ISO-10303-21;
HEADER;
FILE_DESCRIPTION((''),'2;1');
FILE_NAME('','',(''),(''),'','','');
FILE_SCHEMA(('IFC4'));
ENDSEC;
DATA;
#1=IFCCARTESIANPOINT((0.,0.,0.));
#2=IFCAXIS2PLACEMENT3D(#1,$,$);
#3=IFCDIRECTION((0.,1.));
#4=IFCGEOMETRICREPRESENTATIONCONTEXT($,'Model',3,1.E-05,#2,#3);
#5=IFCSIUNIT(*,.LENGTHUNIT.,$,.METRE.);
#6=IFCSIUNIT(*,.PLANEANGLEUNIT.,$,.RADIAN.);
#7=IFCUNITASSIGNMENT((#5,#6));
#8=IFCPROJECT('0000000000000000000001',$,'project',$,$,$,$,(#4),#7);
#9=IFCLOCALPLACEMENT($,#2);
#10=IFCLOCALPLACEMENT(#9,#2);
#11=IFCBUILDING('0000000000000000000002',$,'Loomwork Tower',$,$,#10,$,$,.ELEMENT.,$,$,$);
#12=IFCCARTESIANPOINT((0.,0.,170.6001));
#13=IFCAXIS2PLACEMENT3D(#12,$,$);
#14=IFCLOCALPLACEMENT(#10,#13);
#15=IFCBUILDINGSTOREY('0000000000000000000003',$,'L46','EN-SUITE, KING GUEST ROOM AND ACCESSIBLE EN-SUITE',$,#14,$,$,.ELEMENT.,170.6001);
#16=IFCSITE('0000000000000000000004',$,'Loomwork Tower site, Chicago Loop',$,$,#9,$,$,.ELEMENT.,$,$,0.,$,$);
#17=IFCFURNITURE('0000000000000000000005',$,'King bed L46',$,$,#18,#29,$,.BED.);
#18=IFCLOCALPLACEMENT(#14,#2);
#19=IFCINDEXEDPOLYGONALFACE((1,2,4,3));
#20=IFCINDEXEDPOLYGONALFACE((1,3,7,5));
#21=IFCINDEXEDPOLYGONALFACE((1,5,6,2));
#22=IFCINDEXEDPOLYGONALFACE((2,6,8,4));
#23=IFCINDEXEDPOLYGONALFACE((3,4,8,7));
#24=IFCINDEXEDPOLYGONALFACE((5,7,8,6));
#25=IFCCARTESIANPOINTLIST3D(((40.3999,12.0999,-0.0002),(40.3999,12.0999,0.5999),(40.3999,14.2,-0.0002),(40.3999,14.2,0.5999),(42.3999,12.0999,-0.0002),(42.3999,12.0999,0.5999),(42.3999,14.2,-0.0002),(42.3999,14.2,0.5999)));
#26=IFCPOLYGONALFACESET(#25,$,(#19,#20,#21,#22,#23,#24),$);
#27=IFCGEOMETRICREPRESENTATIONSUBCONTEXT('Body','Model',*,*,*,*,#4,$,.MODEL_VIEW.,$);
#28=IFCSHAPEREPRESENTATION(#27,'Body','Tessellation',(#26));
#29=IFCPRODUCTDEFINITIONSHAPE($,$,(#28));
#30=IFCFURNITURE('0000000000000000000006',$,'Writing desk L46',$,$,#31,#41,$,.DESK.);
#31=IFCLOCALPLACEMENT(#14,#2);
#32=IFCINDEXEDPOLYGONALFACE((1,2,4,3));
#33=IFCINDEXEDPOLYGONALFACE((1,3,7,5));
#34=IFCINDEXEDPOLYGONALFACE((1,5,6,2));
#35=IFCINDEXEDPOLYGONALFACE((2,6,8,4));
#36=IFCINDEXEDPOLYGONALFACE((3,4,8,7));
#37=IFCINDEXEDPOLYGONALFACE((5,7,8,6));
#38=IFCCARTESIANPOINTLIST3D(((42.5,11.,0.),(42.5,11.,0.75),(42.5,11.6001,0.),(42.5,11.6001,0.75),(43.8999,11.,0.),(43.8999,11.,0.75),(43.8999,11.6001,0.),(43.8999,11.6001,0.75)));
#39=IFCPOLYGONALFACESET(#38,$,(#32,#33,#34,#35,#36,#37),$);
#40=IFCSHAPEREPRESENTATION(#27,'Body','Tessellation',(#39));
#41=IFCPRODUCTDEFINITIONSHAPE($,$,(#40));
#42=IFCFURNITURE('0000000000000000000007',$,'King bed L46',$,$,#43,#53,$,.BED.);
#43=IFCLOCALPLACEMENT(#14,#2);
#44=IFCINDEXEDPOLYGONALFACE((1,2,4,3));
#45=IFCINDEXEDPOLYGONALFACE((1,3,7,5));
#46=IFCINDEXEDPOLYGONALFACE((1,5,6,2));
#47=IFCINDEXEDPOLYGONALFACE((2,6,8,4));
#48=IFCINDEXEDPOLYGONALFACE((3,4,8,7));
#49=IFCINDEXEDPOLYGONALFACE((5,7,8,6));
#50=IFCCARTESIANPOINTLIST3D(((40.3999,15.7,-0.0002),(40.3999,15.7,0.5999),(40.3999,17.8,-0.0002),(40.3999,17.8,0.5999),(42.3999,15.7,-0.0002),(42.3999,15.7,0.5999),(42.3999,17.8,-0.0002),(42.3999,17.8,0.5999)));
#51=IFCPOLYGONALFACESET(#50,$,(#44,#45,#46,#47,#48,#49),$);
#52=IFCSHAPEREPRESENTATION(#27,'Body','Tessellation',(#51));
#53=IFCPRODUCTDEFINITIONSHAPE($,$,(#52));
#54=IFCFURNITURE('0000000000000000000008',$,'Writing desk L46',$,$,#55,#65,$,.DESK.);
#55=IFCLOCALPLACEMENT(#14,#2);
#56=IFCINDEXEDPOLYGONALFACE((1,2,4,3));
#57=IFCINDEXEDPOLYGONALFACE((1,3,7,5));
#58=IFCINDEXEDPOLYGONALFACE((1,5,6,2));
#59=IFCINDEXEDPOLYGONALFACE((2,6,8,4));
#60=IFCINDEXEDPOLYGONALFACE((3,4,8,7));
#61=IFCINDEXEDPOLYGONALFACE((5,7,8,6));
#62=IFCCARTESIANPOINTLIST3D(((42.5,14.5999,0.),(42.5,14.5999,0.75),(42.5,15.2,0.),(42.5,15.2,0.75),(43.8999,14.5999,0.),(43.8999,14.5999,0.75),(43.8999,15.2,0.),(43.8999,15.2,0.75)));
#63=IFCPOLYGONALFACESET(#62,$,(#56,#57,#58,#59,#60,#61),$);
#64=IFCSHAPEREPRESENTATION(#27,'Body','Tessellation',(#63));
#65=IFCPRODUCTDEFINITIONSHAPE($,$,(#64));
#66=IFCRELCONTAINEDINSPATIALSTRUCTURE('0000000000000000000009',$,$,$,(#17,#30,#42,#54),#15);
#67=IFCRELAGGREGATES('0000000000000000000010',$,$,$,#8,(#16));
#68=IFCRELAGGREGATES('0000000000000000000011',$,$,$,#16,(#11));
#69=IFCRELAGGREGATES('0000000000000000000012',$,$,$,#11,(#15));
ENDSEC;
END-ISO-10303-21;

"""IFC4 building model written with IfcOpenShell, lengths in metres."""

from ifc_helpers import new_model, si_unit, direction, frame, origin, origin_2d, place, context, subcontext, project, spatial, rectangle, extrude, element, save


model = new_model("IFC4")

# Units and contexts
model_context = context("Model", 3, precision=1e-05, world=origin(), true_north=direction((0.0, 1.0)))
body_context = subcontext(model_context, "Body", "Model", "MODEL_VIEW")
ifc_project = project(units=[si_unit("LENGTHUNIT", "METRE"), si_unit("PLANEANGLEUNIT", "RADIAN")], contexts=[model_context])

# Site, building, storey
site_placement = place(None, origin())
site = spatial("IfcSite", under=ifc_project, at=site_placement, Name="Loomwork Tower site, Chicago Loop", CompositionType="ELEMENT", RefElevation=0.0)
building_placement = place(site_placement, origin())
building = spatial("IfcBuilding", under=site, at=building_placement, Name="Loomwork Tower", CompositionType="ELEMENT")
storey_placement = place(building_placement, frame((0.0, 0.0, 170.6001)))
storey = spatial("IfcBuildingStorey", under=building, at=storey_placement, Name="L46", Description="EN-SUITE, KING GUEST ROOM AND ACCESSIBLE EN-SUITE", CompositionType="ELEMENT", Elevation=170.6001)

# Furniture
furniture_1_placement = place(storey_placement, frame((41.3999, 13.1499, -0.0002), z_axis=(0.0, 0.0, 1.0), x_axis=(1.0, 0.0, 0.0)))
element("IfcFurniture", 1, at=furniture_1_placement, inside=storey, Name="King bed L46", PredefinedType="BED", context=body_context, shape_type="SweptSolid", body=[
    extrude(rectangle(XDim=2.0, YDim=2.1001, at=origin_2d()), origin(), (0.0, 0.0, 1.0), 0.6001),
])
furniture_2_placement = place(storey_placement, frame((43.2, 11.3, 0.0), z_axis=(0.0, 0.0, 1.0), x_axis=(1.0, 0.0, 0.0)))
element("IfcFurniture", 2, at=furniture_2_placement, inside=storey, Name="Writing desk L46", PredefinedType="DESK", context=body_context, shape_type="SweptSolid", body=[
    extrude(rectangle(XDim=1.3999, YDim=0.6001, at=origin_2d()), origin(), (0.0, 0.0, 1.0), 0.75),
])
furniture_3_placement = place(storey_placement, frame((41.3999, 16.75, -0.0002), z_axis=(0.0, 0.0, 1.0), x_axis=(1.0, 0.0, 0.0)))
element("IfcFurniture", 3, at=furniture_3_placement, inside=storey, Name="King bed L46", PredefinedType="BED", context=body_context, shape_type="SweptSolid", body=[
    extrude(rectangle(XDim=2.0, YDim=2.1001, at=origin_2d()), origin(), (0.0, 0.0, 1.0), 0.6001),
])
furniture_4_placement = place(storey_placement, frame((43.2, 14.8999, 0.0), z_axis=(0.0, 0.0, 1.0), x_axis=(1.0, 0.0, 0.0)))
element("IfcFurniture", 4, at=furniture_4_placement, inside=storey, Name="Writing desk L46", PredefinedType="DESK", context=body_context, shape_type="SweptSolid", body=[
    extrude(rectangle(XDim=1.3999, YDim=0.6001, at=origin_2d()), origin(), (0.0, 0.0, 1.0), 0.75),
])

save(model, "model.ifc")
